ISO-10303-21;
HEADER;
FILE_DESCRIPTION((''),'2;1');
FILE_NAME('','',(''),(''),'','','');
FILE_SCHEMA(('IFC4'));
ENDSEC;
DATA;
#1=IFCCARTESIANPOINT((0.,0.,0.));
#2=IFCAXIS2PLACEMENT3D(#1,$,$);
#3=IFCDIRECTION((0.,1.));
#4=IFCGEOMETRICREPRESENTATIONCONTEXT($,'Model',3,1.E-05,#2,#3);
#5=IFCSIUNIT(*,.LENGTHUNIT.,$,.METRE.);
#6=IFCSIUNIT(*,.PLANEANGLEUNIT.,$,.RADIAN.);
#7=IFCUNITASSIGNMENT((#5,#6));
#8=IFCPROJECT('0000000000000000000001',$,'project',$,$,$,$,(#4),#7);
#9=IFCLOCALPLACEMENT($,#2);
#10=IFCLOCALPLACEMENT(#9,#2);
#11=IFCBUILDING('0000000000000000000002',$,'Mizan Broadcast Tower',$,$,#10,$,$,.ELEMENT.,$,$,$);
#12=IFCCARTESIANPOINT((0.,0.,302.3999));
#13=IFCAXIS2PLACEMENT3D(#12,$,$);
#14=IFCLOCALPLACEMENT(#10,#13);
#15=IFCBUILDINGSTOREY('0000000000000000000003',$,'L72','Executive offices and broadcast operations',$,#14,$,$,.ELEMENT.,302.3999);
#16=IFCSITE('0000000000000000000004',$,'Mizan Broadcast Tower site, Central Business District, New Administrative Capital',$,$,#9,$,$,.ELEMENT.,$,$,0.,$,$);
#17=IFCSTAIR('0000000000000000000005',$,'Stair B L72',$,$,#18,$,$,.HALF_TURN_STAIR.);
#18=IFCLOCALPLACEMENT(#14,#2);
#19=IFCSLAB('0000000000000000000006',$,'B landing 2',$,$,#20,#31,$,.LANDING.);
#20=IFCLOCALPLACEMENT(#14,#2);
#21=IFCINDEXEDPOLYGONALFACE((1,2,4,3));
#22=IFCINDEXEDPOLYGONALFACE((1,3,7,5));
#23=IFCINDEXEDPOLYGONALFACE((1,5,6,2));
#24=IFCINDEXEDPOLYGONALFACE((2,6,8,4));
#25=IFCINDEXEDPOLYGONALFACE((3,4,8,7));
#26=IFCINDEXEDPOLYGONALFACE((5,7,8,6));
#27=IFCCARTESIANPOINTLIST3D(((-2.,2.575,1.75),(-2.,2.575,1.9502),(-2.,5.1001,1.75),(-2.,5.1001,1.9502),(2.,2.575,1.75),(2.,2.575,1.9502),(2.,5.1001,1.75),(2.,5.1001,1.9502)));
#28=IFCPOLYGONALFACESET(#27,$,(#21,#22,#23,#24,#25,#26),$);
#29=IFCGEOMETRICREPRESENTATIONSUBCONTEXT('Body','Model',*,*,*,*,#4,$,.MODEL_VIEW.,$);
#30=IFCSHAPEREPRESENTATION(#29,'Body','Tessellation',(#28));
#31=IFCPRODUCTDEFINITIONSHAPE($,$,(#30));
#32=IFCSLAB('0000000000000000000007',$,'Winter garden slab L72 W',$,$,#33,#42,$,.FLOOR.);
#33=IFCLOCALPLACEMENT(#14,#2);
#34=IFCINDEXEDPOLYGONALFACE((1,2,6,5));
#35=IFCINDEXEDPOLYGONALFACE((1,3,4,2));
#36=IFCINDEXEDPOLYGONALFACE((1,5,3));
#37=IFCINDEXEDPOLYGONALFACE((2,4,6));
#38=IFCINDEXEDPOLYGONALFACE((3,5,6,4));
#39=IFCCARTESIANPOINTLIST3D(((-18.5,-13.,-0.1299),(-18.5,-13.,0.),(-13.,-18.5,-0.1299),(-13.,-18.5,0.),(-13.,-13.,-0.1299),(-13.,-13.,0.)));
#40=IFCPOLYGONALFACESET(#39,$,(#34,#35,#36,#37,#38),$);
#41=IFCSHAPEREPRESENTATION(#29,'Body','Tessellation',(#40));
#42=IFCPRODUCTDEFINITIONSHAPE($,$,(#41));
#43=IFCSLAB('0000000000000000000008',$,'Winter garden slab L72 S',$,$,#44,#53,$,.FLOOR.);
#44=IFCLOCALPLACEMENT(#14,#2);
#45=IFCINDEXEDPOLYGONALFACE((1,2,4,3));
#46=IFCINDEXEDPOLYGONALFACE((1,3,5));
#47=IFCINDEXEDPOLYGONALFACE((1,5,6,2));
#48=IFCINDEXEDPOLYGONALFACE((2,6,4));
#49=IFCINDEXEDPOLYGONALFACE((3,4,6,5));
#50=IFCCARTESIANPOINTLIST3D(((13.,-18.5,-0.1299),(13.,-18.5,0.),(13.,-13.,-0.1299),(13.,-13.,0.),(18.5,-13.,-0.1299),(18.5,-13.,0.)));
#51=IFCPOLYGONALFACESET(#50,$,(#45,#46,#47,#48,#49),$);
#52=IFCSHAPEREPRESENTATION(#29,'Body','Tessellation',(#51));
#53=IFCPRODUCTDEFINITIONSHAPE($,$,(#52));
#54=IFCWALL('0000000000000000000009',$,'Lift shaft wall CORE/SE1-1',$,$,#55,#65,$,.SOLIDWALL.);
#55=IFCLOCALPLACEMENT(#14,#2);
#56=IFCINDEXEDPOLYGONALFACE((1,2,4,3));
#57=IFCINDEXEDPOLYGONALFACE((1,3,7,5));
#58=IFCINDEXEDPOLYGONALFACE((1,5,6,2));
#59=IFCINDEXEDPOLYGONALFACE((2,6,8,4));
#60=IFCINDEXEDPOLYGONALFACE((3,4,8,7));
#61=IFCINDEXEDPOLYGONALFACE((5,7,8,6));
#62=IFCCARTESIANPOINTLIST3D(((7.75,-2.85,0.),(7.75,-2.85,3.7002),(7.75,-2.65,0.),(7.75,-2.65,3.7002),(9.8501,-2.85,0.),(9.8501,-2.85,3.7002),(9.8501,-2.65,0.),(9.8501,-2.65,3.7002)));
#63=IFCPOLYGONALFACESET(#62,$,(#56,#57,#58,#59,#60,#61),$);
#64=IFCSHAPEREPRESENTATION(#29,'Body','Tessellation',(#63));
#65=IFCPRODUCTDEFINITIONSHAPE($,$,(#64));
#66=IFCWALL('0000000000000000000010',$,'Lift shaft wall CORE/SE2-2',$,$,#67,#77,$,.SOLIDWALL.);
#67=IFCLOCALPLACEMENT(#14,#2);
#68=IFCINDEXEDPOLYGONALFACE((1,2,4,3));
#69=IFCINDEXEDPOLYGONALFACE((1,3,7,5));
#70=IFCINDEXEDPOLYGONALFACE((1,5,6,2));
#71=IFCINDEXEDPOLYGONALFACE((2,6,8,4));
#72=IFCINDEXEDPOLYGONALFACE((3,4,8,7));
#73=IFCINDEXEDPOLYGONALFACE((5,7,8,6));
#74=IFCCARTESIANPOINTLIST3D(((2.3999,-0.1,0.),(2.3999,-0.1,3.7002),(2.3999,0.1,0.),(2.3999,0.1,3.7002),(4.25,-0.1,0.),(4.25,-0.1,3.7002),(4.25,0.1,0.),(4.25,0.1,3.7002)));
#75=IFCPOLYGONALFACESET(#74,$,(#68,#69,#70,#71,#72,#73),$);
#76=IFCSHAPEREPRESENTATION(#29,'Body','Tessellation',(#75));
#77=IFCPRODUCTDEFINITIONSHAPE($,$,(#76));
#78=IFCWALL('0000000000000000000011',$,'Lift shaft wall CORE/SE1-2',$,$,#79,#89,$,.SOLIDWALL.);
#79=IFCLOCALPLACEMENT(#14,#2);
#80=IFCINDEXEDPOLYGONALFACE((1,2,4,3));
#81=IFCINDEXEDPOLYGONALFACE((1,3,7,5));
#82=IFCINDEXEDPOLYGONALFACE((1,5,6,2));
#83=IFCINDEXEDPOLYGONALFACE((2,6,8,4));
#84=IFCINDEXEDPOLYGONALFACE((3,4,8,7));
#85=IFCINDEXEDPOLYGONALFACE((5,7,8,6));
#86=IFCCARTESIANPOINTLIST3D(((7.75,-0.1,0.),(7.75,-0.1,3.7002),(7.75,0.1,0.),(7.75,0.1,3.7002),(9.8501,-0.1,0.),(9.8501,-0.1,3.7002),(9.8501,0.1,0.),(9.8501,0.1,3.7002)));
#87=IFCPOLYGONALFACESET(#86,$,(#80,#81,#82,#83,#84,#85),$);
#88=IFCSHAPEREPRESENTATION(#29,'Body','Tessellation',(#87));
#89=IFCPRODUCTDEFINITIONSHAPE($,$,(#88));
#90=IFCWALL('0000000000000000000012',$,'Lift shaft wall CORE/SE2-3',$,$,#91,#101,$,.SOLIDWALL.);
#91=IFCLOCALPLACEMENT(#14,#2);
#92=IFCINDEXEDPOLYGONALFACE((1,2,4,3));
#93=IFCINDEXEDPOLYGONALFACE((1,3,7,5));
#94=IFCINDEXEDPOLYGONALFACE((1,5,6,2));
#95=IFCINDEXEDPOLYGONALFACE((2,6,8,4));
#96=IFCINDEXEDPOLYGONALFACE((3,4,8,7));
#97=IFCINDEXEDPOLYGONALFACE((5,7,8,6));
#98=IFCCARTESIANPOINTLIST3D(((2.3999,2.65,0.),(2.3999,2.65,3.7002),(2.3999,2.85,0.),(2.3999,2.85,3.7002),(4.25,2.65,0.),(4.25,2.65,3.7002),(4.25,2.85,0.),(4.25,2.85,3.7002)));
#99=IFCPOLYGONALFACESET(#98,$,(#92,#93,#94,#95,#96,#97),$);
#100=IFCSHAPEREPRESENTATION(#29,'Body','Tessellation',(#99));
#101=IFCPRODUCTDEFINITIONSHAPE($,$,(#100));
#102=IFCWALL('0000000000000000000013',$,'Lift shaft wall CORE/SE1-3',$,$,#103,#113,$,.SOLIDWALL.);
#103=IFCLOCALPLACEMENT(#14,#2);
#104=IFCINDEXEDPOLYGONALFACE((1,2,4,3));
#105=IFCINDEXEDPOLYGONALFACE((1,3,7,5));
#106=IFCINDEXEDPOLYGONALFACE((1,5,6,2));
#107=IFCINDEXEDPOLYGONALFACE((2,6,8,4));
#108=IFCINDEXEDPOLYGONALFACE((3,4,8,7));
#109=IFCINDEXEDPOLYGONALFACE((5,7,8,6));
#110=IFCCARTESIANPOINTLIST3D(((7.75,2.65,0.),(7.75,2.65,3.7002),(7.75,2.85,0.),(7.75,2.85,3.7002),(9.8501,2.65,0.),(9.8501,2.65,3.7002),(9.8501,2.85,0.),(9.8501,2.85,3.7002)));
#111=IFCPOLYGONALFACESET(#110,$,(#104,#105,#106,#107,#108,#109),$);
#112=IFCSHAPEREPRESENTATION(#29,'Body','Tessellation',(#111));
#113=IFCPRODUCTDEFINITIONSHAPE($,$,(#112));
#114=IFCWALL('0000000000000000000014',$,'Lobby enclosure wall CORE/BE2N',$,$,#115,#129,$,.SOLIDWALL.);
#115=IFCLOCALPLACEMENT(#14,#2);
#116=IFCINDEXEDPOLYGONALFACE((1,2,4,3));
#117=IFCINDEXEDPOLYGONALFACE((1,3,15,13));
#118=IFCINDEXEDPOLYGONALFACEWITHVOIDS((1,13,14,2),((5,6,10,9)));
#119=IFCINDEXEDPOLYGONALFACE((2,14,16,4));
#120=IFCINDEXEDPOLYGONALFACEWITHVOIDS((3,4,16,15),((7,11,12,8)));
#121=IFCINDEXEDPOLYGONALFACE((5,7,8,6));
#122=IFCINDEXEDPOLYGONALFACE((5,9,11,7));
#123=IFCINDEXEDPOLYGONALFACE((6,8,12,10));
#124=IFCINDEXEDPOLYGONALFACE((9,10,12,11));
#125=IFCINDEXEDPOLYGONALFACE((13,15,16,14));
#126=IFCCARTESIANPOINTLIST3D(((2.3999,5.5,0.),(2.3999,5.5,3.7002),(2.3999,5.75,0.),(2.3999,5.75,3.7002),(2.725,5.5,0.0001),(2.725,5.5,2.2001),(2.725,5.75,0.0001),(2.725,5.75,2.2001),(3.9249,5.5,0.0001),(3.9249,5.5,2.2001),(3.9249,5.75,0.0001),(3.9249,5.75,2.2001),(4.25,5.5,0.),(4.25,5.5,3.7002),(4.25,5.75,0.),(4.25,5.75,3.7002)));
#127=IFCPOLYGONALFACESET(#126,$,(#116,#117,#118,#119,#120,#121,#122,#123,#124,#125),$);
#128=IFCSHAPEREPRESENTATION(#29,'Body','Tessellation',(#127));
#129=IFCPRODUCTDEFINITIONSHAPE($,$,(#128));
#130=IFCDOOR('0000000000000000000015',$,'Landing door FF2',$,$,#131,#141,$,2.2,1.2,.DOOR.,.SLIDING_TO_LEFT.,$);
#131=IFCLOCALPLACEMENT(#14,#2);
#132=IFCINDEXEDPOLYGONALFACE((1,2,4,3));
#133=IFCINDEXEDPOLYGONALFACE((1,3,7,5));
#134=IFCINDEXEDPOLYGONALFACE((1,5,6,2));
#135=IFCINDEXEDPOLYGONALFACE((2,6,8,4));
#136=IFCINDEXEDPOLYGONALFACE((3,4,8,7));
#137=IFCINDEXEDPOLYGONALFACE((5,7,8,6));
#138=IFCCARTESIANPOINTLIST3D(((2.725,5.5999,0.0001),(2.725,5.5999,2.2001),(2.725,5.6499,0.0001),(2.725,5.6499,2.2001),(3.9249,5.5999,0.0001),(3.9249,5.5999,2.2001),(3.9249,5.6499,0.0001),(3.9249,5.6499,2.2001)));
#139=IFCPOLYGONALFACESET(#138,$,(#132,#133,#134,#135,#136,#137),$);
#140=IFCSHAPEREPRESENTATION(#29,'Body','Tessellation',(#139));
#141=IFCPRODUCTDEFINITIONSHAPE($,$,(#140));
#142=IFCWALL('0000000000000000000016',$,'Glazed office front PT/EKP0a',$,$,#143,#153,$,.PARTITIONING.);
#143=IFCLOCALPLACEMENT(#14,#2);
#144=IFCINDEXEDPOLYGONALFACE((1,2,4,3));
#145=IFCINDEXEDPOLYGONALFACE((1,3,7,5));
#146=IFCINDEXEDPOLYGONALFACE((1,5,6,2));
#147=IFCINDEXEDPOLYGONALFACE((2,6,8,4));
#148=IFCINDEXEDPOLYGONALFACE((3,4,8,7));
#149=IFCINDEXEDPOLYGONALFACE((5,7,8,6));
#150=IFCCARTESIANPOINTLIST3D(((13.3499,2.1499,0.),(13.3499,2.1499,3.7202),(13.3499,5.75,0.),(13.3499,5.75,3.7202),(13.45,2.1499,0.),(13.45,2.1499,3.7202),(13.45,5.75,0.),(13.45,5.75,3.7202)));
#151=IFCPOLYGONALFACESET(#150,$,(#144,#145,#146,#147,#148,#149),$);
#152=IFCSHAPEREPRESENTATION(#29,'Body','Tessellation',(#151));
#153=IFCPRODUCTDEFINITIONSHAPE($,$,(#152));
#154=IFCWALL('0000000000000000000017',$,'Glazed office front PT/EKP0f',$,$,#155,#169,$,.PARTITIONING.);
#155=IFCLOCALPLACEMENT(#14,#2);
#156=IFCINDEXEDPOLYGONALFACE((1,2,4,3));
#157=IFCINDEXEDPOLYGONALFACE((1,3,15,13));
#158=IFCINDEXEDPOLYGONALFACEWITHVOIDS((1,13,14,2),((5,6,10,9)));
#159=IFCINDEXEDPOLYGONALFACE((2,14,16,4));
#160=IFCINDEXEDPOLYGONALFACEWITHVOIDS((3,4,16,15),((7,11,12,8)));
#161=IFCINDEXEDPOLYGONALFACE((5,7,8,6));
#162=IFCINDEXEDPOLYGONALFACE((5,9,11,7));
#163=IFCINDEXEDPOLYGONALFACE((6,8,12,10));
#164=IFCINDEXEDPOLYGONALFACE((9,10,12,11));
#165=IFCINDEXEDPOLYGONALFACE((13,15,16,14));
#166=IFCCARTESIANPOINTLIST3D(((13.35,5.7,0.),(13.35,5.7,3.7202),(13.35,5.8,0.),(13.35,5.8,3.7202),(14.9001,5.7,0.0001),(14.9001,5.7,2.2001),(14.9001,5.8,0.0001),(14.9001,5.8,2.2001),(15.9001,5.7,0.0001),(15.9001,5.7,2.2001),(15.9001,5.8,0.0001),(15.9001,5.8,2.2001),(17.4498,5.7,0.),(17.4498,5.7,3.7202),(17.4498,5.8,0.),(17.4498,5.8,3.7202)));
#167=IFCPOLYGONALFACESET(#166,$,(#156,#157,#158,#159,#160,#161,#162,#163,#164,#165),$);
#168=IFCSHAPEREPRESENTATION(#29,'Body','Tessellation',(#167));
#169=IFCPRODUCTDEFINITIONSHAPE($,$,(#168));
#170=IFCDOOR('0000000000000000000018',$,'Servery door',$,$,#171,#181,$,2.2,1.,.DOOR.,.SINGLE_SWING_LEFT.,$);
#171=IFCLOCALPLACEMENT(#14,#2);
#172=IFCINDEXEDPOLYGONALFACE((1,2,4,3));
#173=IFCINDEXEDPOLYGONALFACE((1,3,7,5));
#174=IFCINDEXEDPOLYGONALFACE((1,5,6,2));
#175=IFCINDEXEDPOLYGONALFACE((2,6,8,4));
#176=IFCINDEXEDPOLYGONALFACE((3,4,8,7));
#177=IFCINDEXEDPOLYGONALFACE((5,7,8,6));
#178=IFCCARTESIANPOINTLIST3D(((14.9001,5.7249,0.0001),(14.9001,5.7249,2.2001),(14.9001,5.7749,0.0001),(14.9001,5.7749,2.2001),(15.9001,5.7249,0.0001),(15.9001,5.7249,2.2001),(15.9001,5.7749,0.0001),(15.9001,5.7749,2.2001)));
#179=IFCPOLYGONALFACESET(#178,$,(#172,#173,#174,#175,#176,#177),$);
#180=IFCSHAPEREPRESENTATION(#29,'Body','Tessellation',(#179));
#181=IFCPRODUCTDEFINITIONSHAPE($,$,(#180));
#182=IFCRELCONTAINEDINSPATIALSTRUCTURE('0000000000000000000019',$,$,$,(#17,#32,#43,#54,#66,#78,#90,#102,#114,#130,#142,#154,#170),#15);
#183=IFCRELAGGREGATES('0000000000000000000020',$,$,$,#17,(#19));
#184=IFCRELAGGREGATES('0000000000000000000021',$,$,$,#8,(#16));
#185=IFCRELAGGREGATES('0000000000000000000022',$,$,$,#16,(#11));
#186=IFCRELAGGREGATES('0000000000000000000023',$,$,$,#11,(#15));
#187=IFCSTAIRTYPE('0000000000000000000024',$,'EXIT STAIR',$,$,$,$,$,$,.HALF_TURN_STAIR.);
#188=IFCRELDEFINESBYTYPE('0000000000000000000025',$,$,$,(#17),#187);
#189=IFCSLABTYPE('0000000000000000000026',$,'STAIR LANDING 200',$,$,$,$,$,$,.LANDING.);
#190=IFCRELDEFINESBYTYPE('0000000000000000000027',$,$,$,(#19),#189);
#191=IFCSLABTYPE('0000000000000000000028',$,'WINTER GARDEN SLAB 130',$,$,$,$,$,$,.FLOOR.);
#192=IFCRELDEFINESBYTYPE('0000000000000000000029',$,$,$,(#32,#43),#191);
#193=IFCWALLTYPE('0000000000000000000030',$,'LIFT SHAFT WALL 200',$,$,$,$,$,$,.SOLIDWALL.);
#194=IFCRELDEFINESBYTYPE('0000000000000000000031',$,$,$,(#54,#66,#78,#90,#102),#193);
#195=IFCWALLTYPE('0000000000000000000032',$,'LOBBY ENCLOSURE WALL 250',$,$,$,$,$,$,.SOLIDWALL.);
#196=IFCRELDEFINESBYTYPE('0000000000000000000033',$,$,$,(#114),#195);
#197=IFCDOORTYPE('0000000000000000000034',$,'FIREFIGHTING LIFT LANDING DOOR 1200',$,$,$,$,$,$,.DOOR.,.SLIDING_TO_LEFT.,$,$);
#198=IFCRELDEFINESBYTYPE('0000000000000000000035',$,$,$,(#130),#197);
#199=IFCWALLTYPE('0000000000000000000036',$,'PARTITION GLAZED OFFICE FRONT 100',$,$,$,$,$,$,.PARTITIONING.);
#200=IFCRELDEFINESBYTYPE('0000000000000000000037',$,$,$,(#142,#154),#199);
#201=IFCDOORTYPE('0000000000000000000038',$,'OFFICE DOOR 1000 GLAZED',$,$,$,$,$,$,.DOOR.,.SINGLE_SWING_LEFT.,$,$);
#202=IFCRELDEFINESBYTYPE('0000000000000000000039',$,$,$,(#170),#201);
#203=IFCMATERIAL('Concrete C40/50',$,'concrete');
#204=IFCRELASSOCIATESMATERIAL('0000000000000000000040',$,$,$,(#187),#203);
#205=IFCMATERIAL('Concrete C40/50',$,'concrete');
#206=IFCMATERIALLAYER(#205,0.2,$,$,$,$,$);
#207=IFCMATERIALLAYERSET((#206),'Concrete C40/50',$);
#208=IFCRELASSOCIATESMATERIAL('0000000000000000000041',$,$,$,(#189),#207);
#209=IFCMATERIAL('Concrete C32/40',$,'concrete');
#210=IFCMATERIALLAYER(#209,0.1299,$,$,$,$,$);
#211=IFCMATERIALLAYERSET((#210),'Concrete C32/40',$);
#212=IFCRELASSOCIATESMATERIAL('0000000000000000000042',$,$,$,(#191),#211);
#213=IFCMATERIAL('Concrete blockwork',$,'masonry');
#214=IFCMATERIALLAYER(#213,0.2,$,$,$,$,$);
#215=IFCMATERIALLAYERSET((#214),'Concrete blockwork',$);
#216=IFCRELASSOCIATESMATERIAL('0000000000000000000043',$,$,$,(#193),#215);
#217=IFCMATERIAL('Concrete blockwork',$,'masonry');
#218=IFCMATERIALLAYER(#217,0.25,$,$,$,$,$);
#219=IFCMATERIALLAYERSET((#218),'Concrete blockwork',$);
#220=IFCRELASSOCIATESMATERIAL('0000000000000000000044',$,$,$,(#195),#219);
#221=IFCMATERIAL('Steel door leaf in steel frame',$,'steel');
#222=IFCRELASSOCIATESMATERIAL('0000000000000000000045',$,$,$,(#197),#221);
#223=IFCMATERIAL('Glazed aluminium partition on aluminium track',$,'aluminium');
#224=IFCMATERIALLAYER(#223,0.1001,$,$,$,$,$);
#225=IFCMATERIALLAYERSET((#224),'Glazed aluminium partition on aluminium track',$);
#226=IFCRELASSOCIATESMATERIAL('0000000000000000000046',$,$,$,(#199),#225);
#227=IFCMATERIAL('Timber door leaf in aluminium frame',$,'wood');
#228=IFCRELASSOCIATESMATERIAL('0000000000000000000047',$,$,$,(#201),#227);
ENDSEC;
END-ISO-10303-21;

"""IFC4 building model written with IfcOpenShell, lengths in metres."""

from ifc_helpers import new_model, si_unit, direction, frame, frame_2d, origin, place, context, subcontext, project, spatial, polyline, rectangle, outline, extrude, material, layer, layer_set, type_object, element, fill, aggregate, save


model = new_model("IFC4")

# Units and contexts
model_context = context("Model", 3, precision=1e-05, world=origin(), true_north=direction((0.0, 1.0)))
body_context = subcontext(model_context, "Body", "Model", "MODEL_VIEW")
ifc_project = project(units=[si_unit("LENGTHUNIT", "METRE"), si_unit("PLANEANGLEUNIT", "RADIAN")], contexts=[model_context])

# Site, building, storey
site_placement = place(None, origin())
site = spatial("IfcSite", under=ifc_project, at=site_placement, Name="Mizan Broadcast Tower site, Central Business District, New Administrative Capital", CompositionType="ELEMENT", RefElevation=0.0)
building_placement = place(site_placement, origin())
building = spatial("IfcBuilding", under=site, at=building_placement, Name="Mizan Broadcast Tower", CompositionType="ELEMENT")
storey_placement = place(building_placement, frame((0.0, 0.0, 302.3999)))
storey = spatial("IfcBuildingStorey", under=building, at=storey_placement, Name="L72", Description="Executive offices and broadcast operations", CompositionType="ELEMENT", Elevation=302.3999)

# Stair, slab
ifc_material_1 = material(Name="Concrete C40/50", Category="concrete")
stair_type = type_object("IfcStairType", Name="EXIT STAIR", PredefinedType="HALF_TURN_STAIR", material=ifc_material_1)
ifc_material_2 = material(Name="Concrete C40/50", Category="concrete")
ifc_layer_1 = layer(ifc_material_2, 0.2)
ifc_layer_set_1 = layer_set([ifc_layer_1], Name="Concrete C40/50")
slab_type_1 = type_object("IfcSlabType", Name="STAIR LANDING 200", PredefinedType="LANDING", material=ifc_layer_set_1)
stair_1_placement = place(storey_placement, origin())
stair_1 = element("IfcStair", 1, at=stair_1_placement, inside=storey, type_object=stair_type, Name="Stair B L72", PredefinedType="HALF_TURN_STAIR")
slab_1_placement = place(storey_placement, frame((0.0, 0.0, 1.75)))
slab_1 = element("IfcSlab", 2, at=slab_1_placement, type_object=slab_type_1, Name="B landing 2", PredefinedType="LANDING", context=body_context, shape_type="SweptSolid", body=[
    extrude(outline(polyline([(2.0, 5.1001), (2.0, 2.575), (-2.0, 2.575), (-2.0, 5.1001), (2.0, 5.1001)])), origin(), (0.0, 0.0, 1.0), 0.2002),
])
aggregate(stair_1, [slab_1])

# Slabs
ifc_material_3 = material(Name="Concrete C32/40", Category="concrete")
ifc_layer_2 = layer(ifc_material_3, 0.1299)
ifc_layer_set_2 = layer_set([ifc_layer_2], Name="Concrete C32/40")
slab_type_2 = type_object("IfcSlabType", Name="WINTER GARDEN SLAB 130", PredefinedType="FLOOR", material=ifc_layer_set_2)
slab_2_placement = place(storey_placement, frame((0.0, 0.0, -0.1299)))
element("IfcSlab", 3, at=slab_2_placement, inside=storey, type_object=slab_type_2, Name="Winter garden slab L72 W", PredefinedType="FLOOR", context=body_context, shape_type="SweptSolid", body=[
    extrude(outline(polyline([(-13.0, -13.0), (-18.5, -13.0), (-13.0, -18.5), (-13.0, -13.0)])), origin(), (0.0, 0.0, 1.0), 0.1299),
])
slab_3_placement = place(storey_placement, frame((0.0, 0.0, -0.1299)))
element("IfcSlab", 4, at=slab_3_placement, inside=storey, type_object=slab_type_2, Name="Winter garden slab L72 S", PredefinedType="FLOOR", context=body_context, shape_type="SweptSolid", body=[
    extrude(outline(polyline([(13.0, -13.0), (13.0, -18.5), (18.5, -13.0), (13.0, -13.0)])), origin(), (0.0, 0.0, 1.0), 0.1299),
])

# Walls
ifc_material_4 = material(Name="Concrete blockwork", Category="masonry")
ifc_layer_3 = layer(ifc_material_4, 0.2)
ifc_layer_set_3 = layer_set([ifc_layer_3], Name="Concrete blockwork")
wall_type_1 = type_object("IfcWallType", Name="LIFT SHAFT WALL 200", PredefinedType="SOLIDWALL", material=ifc_layer_set_3)
wall_1_placement = place(storey_placement, frame((7.75, -2.75, 0.0), z_axis=(0.0, 0.0, 1.0), x_axis=(1.0, 0.0, 0.0)))
element("IfcWall", 5, at=wall_1_placement, inside=storey, type_object=wall_type_1, Name="Lift shaft wall CORE/SE1-1", PredefinedType="SOLIDWALL", context=body_context, shape_type="SweptSolid", body=[
    extrude(rectangle(XDim=2.1001, YDim=0.2, at=frame_2d((1.05, 0.0))), origin(), (0.0, 0.0, 1.0), 3.7002),
])
wall_2_placement = place(storey_placement, frame((2.3999, 0.0, 0.0), z_axis=(0.0, 0.0, 1.0), x_axis=(1.0, 0.0, 0.0)))
element("IfcWall", 6, at=wall_2_placement, inside=storey, type_object=wall_type_1, Name="Lift shaft wall CORE/SE2-2", PredefinedType="SOLIDWALL", context=body_context, shape_type="SweptSolid", body=[
    extrude(rectangle(XDim=1.8501, YDim=0.2, at=frame_2d((0.925, 0.0))), origin(), (0.0, 0.0, 1.0), 3.7002),
])
wall_3_placement = place(storey_placement, frame((7.75, 0.0, 0.0), z_axis=(0.0, 0.0, 1.0), x_axis=(1.0, 0.0, 0.0)))
element("IfcWall", 7, at=wall_3_placement, inside=storey, type_object=wall_type_1, Name="Lift shaft wall CORE/SE1-2", PredefinedType="SOLIDWALL", context=body_context, shape_type="SweptSolid", body=[
    extrude(rectangle(XDim=2.1001, YDim=0.2, at=frame_2d((1.05, 0.0))), origin(), (0.0, 0.0, 1.0), 3.7002),
])
wall_4_placement = place(storey_placement, frame((2.3999, 2.75, 0.0), z_axis=(0.0, 0.0, 1.0), x_axis=(1.0, 0.0, 0.0)))
element("IfcWall", 8, at=wall_4_placement, inside=storey, type_object=wall_type_1, Name="Lift shaft wall CORE/SE2-3", PredefinedType="SOLIDWALL", context=body_context, shape_type="SweptSolid", body=[
    extrude(rectangle(XDim=1.8501, YDim=0.2, at=frame_2d((0.925, 0.0))), origin(), (0.0, 0.0, 1.0), 3.7002),
])
wall_5_placement = place(storey_placement, frame((7.75, 2.75, 0.0), z_axis=(0.0, 0.0, 1.0), x_axis=(1.0, 0.0, 0.0)))
element("IfcWall", 9, at=wall_5_placement, inside=storey, type_object=wall_type_1, Name="Lift shaft wall CORE/SE1-3", PredefinedType="SOLIDWALL", context=body_context, shape_type="SweptSolid", body=[
    extrude(rectangle(XDim=2.1001, YDim=0.2, at=frame_2d((1.05, 0.0))), origin(), (0.0, 0.0, 1.0), 3.7002),
])

# Wall, opening, door
ifc_material_5 = material(Name="Concrete blockwork", Category="masonry")
ifc_layer_4 = layer(ifc_material_5, 0.25)
ifc_layer_set_4 = layer_set([ifc_layer_4], Name="Concrete blockwork")
wall_type_2 = type_object("IfcWallType", Name="LOBBY ENCLOSURE WALL 250", PredefinedType="SOLIDWALL", material=ifc_layer_set_4)
wall_6_placement = place(storey_placement, frame((2.3999, 5.625, 0.0), z_axis=(0.0, 0.0, 1.0), x_axis=(1.0, 0.0, 0.0)))
wall_6 = element("IfcWall", 10, at=wall_6_placement, inside=storey, type_object=wall_type_2, Name="Lobby enclosure wall CORE/BE2N", PredefinedType="SOLIDWALL", context=body_context, shape_type="SweptSolid", body=[
    extrude(rectangle(XDim=1.8501, YDim=0.25, at=frame_2d((0.925, 0.0))), origin(), (0.0, 0.0, 1.0), 3.7002),
])
opening_1_placement = place(wall_6_placement, frame((0.325, 0.0, 0.0)))
opening_1 = element("IfcOpeningElement", 11, at=opening_1_placement, cuts=wall_6, PredefinedType="OPENING", context=body_context, shape_type="SweptSolid", body=[
    extrude(rectangle(XDim=1.2, YDim=2.2, at=frame_2d((0.6001, 1.1001))), frame((0.0, 0.135, 0.0), z_axis=(0.0, -1.0, 0.0), x_axis=(1.0, 0.0, 0.0)), (0.0, 0.0, 1.0), 0.27),
])
ifc_material_6 = material(Name="Steel door leaf in steel frame", Category="steel")
door_type_1 = type_object("IfcDoorType", Name="FIREFIGHTING LIFT LANDING DOOR 1200", OperationType="SLIDING_TO_LEFT", PredefinedType="DOOR", material=ifc_material_6)
door_1_placement = place(opening_1_placement, origin())
door_1 = element("IfcDoor", 12, at=door_1_placement, inside=storey, type_object=door_type_1, Name="Landing door FF2", OperationType="SLIDING_TO_LEFT", OverallHeight=2.2, OverallWidth=1.2, PredefinedType="DOOR", context=body_context, shape_type="SweptSolid", body=[
    extrude(rectangle(XDim=1.2, YDim=2.2, at=frame_2d((0.6001, 1.1001))), frame((0.0, 0.0249, 0.0), z_axis=(0.0, -1.0, 0.0), x_axis=(1.0, 0.0, 0.0)), (0.0, 0.0, 1.0), 0.05),
])
fill(opening_1, door_1)

# Wall
ifc_material_7 = material(Name="Glazed aluminium partition on aluminium track", Category="aluminium")
ifc_layer_5 = layer(ifc_material_7, 0.1001)
ifc_layer_set_5 = layer_set([ifc_layer_5], Name="Glazed aluminium partition on aluminium track")
wall_type_3 = type_object("IfcWallType", Name="PARTITION GLAZED OFFICE FRONT 100", PredefinedType="PARTITIONING", material=ifc_layer_set_5)
wall_7_placement = place(storey_placement, frame((13.3999, 2.1499, 0.0), z_axis=(0.0, 0.0, 1.0), x_axis=(0.0, 1.0, 0.0)))
element("IfcWall", 13, at=wall_7_placement, inside=storey, type_object=wall_type_3, Name="Glazed office front PT/EKP0a", PredefinedType="PARTITIONING", context=body_context, shape_type="SweptSolid", body=[
    extrude(rectangle(XDim=3.6001, YDim=0.1001, at=frame_2d((1.8, 0.0))), origin(), (0.0, 0.0, 1.0), 3.7202),
])

# Wall, opening, door
wall_8_placement = place(storey_placement, frame((13.3501, 5.75, 0.0), z_axis=(0.0, 0.0, 1.0), x_axis=(1.0, 0.0, 0.0)))
wall_8 = element("IfcWall", 14, at=wall_8_placement, inside=storey, type_object=wall_type_3, Name="Glazed office front PT/EKP0f", PredefinedType="PARTITIONING", context=body_context, shape_type="SweptSolid", body=[
    extrude(rectangle(XDim=4.0999, YDim=0.1001, at=frame_2d((2.0498, 0.0))), origin(), (0.0, 0.0, 1.0), 3.7202),
])
opening_2_placement = place(wall_8_placement, frame((1.55, 0.0, 0.0)))
opening_2 = element("IfcOpeningElement", 15, at=opening_2_placement, cuts=wall_8, PredefinedType="OPENING", context=body_context, shape_type="SweptSolid", body=[
    extrude(rectangle(XDim=1.0, YDim=2.2, at=frame_2d((0.5, 1.1001))), frame((0.0, 0.0601, 0.0), z_axis=(0.0, -1.0, 0.0), x_axis=(1.0, 0.0, 0.0)), (0.0, 0.0, 1.0), 0.1201),
])
ifc_material_8 = material(Name="Timber door leaf in aluminium frame", Category="wood")
door_type_2 = type_object("IfcDoorType", Name="OFFICE DOOR 1000 GLAZED", OperationType="SINGLE_SWING_LEFT", PredefinedType="DOOR", material=ifc_material_8)
door_2_placement = place(opening_2_placement, origin())
door_2 = element("IfcDoor", 16, at=door_2_placement, inside=storey, type_object=door_type_2, Name="Servery door", OperationType="SINGLE_SWING_LEFT", OverallHeight=2.2, OverallWidth=1.0, PredefinedType="DOOR", context=body_context, shape_type="SweptSolid", body=[
    extrude(rectangle(XDim=1.0, YDim=2.2, at=frame_2d((0.5, 1.1001))), frame((0.0, 0.0249, 0.0), z_axis=(0.0, -1.0, 0.0), x_axis=(1.0, 0.0, 0.0)), (0.0, 0.0, 1.0), 0.05),
])
fill(opening_2, door_2)

save(model, "model.ifc")
